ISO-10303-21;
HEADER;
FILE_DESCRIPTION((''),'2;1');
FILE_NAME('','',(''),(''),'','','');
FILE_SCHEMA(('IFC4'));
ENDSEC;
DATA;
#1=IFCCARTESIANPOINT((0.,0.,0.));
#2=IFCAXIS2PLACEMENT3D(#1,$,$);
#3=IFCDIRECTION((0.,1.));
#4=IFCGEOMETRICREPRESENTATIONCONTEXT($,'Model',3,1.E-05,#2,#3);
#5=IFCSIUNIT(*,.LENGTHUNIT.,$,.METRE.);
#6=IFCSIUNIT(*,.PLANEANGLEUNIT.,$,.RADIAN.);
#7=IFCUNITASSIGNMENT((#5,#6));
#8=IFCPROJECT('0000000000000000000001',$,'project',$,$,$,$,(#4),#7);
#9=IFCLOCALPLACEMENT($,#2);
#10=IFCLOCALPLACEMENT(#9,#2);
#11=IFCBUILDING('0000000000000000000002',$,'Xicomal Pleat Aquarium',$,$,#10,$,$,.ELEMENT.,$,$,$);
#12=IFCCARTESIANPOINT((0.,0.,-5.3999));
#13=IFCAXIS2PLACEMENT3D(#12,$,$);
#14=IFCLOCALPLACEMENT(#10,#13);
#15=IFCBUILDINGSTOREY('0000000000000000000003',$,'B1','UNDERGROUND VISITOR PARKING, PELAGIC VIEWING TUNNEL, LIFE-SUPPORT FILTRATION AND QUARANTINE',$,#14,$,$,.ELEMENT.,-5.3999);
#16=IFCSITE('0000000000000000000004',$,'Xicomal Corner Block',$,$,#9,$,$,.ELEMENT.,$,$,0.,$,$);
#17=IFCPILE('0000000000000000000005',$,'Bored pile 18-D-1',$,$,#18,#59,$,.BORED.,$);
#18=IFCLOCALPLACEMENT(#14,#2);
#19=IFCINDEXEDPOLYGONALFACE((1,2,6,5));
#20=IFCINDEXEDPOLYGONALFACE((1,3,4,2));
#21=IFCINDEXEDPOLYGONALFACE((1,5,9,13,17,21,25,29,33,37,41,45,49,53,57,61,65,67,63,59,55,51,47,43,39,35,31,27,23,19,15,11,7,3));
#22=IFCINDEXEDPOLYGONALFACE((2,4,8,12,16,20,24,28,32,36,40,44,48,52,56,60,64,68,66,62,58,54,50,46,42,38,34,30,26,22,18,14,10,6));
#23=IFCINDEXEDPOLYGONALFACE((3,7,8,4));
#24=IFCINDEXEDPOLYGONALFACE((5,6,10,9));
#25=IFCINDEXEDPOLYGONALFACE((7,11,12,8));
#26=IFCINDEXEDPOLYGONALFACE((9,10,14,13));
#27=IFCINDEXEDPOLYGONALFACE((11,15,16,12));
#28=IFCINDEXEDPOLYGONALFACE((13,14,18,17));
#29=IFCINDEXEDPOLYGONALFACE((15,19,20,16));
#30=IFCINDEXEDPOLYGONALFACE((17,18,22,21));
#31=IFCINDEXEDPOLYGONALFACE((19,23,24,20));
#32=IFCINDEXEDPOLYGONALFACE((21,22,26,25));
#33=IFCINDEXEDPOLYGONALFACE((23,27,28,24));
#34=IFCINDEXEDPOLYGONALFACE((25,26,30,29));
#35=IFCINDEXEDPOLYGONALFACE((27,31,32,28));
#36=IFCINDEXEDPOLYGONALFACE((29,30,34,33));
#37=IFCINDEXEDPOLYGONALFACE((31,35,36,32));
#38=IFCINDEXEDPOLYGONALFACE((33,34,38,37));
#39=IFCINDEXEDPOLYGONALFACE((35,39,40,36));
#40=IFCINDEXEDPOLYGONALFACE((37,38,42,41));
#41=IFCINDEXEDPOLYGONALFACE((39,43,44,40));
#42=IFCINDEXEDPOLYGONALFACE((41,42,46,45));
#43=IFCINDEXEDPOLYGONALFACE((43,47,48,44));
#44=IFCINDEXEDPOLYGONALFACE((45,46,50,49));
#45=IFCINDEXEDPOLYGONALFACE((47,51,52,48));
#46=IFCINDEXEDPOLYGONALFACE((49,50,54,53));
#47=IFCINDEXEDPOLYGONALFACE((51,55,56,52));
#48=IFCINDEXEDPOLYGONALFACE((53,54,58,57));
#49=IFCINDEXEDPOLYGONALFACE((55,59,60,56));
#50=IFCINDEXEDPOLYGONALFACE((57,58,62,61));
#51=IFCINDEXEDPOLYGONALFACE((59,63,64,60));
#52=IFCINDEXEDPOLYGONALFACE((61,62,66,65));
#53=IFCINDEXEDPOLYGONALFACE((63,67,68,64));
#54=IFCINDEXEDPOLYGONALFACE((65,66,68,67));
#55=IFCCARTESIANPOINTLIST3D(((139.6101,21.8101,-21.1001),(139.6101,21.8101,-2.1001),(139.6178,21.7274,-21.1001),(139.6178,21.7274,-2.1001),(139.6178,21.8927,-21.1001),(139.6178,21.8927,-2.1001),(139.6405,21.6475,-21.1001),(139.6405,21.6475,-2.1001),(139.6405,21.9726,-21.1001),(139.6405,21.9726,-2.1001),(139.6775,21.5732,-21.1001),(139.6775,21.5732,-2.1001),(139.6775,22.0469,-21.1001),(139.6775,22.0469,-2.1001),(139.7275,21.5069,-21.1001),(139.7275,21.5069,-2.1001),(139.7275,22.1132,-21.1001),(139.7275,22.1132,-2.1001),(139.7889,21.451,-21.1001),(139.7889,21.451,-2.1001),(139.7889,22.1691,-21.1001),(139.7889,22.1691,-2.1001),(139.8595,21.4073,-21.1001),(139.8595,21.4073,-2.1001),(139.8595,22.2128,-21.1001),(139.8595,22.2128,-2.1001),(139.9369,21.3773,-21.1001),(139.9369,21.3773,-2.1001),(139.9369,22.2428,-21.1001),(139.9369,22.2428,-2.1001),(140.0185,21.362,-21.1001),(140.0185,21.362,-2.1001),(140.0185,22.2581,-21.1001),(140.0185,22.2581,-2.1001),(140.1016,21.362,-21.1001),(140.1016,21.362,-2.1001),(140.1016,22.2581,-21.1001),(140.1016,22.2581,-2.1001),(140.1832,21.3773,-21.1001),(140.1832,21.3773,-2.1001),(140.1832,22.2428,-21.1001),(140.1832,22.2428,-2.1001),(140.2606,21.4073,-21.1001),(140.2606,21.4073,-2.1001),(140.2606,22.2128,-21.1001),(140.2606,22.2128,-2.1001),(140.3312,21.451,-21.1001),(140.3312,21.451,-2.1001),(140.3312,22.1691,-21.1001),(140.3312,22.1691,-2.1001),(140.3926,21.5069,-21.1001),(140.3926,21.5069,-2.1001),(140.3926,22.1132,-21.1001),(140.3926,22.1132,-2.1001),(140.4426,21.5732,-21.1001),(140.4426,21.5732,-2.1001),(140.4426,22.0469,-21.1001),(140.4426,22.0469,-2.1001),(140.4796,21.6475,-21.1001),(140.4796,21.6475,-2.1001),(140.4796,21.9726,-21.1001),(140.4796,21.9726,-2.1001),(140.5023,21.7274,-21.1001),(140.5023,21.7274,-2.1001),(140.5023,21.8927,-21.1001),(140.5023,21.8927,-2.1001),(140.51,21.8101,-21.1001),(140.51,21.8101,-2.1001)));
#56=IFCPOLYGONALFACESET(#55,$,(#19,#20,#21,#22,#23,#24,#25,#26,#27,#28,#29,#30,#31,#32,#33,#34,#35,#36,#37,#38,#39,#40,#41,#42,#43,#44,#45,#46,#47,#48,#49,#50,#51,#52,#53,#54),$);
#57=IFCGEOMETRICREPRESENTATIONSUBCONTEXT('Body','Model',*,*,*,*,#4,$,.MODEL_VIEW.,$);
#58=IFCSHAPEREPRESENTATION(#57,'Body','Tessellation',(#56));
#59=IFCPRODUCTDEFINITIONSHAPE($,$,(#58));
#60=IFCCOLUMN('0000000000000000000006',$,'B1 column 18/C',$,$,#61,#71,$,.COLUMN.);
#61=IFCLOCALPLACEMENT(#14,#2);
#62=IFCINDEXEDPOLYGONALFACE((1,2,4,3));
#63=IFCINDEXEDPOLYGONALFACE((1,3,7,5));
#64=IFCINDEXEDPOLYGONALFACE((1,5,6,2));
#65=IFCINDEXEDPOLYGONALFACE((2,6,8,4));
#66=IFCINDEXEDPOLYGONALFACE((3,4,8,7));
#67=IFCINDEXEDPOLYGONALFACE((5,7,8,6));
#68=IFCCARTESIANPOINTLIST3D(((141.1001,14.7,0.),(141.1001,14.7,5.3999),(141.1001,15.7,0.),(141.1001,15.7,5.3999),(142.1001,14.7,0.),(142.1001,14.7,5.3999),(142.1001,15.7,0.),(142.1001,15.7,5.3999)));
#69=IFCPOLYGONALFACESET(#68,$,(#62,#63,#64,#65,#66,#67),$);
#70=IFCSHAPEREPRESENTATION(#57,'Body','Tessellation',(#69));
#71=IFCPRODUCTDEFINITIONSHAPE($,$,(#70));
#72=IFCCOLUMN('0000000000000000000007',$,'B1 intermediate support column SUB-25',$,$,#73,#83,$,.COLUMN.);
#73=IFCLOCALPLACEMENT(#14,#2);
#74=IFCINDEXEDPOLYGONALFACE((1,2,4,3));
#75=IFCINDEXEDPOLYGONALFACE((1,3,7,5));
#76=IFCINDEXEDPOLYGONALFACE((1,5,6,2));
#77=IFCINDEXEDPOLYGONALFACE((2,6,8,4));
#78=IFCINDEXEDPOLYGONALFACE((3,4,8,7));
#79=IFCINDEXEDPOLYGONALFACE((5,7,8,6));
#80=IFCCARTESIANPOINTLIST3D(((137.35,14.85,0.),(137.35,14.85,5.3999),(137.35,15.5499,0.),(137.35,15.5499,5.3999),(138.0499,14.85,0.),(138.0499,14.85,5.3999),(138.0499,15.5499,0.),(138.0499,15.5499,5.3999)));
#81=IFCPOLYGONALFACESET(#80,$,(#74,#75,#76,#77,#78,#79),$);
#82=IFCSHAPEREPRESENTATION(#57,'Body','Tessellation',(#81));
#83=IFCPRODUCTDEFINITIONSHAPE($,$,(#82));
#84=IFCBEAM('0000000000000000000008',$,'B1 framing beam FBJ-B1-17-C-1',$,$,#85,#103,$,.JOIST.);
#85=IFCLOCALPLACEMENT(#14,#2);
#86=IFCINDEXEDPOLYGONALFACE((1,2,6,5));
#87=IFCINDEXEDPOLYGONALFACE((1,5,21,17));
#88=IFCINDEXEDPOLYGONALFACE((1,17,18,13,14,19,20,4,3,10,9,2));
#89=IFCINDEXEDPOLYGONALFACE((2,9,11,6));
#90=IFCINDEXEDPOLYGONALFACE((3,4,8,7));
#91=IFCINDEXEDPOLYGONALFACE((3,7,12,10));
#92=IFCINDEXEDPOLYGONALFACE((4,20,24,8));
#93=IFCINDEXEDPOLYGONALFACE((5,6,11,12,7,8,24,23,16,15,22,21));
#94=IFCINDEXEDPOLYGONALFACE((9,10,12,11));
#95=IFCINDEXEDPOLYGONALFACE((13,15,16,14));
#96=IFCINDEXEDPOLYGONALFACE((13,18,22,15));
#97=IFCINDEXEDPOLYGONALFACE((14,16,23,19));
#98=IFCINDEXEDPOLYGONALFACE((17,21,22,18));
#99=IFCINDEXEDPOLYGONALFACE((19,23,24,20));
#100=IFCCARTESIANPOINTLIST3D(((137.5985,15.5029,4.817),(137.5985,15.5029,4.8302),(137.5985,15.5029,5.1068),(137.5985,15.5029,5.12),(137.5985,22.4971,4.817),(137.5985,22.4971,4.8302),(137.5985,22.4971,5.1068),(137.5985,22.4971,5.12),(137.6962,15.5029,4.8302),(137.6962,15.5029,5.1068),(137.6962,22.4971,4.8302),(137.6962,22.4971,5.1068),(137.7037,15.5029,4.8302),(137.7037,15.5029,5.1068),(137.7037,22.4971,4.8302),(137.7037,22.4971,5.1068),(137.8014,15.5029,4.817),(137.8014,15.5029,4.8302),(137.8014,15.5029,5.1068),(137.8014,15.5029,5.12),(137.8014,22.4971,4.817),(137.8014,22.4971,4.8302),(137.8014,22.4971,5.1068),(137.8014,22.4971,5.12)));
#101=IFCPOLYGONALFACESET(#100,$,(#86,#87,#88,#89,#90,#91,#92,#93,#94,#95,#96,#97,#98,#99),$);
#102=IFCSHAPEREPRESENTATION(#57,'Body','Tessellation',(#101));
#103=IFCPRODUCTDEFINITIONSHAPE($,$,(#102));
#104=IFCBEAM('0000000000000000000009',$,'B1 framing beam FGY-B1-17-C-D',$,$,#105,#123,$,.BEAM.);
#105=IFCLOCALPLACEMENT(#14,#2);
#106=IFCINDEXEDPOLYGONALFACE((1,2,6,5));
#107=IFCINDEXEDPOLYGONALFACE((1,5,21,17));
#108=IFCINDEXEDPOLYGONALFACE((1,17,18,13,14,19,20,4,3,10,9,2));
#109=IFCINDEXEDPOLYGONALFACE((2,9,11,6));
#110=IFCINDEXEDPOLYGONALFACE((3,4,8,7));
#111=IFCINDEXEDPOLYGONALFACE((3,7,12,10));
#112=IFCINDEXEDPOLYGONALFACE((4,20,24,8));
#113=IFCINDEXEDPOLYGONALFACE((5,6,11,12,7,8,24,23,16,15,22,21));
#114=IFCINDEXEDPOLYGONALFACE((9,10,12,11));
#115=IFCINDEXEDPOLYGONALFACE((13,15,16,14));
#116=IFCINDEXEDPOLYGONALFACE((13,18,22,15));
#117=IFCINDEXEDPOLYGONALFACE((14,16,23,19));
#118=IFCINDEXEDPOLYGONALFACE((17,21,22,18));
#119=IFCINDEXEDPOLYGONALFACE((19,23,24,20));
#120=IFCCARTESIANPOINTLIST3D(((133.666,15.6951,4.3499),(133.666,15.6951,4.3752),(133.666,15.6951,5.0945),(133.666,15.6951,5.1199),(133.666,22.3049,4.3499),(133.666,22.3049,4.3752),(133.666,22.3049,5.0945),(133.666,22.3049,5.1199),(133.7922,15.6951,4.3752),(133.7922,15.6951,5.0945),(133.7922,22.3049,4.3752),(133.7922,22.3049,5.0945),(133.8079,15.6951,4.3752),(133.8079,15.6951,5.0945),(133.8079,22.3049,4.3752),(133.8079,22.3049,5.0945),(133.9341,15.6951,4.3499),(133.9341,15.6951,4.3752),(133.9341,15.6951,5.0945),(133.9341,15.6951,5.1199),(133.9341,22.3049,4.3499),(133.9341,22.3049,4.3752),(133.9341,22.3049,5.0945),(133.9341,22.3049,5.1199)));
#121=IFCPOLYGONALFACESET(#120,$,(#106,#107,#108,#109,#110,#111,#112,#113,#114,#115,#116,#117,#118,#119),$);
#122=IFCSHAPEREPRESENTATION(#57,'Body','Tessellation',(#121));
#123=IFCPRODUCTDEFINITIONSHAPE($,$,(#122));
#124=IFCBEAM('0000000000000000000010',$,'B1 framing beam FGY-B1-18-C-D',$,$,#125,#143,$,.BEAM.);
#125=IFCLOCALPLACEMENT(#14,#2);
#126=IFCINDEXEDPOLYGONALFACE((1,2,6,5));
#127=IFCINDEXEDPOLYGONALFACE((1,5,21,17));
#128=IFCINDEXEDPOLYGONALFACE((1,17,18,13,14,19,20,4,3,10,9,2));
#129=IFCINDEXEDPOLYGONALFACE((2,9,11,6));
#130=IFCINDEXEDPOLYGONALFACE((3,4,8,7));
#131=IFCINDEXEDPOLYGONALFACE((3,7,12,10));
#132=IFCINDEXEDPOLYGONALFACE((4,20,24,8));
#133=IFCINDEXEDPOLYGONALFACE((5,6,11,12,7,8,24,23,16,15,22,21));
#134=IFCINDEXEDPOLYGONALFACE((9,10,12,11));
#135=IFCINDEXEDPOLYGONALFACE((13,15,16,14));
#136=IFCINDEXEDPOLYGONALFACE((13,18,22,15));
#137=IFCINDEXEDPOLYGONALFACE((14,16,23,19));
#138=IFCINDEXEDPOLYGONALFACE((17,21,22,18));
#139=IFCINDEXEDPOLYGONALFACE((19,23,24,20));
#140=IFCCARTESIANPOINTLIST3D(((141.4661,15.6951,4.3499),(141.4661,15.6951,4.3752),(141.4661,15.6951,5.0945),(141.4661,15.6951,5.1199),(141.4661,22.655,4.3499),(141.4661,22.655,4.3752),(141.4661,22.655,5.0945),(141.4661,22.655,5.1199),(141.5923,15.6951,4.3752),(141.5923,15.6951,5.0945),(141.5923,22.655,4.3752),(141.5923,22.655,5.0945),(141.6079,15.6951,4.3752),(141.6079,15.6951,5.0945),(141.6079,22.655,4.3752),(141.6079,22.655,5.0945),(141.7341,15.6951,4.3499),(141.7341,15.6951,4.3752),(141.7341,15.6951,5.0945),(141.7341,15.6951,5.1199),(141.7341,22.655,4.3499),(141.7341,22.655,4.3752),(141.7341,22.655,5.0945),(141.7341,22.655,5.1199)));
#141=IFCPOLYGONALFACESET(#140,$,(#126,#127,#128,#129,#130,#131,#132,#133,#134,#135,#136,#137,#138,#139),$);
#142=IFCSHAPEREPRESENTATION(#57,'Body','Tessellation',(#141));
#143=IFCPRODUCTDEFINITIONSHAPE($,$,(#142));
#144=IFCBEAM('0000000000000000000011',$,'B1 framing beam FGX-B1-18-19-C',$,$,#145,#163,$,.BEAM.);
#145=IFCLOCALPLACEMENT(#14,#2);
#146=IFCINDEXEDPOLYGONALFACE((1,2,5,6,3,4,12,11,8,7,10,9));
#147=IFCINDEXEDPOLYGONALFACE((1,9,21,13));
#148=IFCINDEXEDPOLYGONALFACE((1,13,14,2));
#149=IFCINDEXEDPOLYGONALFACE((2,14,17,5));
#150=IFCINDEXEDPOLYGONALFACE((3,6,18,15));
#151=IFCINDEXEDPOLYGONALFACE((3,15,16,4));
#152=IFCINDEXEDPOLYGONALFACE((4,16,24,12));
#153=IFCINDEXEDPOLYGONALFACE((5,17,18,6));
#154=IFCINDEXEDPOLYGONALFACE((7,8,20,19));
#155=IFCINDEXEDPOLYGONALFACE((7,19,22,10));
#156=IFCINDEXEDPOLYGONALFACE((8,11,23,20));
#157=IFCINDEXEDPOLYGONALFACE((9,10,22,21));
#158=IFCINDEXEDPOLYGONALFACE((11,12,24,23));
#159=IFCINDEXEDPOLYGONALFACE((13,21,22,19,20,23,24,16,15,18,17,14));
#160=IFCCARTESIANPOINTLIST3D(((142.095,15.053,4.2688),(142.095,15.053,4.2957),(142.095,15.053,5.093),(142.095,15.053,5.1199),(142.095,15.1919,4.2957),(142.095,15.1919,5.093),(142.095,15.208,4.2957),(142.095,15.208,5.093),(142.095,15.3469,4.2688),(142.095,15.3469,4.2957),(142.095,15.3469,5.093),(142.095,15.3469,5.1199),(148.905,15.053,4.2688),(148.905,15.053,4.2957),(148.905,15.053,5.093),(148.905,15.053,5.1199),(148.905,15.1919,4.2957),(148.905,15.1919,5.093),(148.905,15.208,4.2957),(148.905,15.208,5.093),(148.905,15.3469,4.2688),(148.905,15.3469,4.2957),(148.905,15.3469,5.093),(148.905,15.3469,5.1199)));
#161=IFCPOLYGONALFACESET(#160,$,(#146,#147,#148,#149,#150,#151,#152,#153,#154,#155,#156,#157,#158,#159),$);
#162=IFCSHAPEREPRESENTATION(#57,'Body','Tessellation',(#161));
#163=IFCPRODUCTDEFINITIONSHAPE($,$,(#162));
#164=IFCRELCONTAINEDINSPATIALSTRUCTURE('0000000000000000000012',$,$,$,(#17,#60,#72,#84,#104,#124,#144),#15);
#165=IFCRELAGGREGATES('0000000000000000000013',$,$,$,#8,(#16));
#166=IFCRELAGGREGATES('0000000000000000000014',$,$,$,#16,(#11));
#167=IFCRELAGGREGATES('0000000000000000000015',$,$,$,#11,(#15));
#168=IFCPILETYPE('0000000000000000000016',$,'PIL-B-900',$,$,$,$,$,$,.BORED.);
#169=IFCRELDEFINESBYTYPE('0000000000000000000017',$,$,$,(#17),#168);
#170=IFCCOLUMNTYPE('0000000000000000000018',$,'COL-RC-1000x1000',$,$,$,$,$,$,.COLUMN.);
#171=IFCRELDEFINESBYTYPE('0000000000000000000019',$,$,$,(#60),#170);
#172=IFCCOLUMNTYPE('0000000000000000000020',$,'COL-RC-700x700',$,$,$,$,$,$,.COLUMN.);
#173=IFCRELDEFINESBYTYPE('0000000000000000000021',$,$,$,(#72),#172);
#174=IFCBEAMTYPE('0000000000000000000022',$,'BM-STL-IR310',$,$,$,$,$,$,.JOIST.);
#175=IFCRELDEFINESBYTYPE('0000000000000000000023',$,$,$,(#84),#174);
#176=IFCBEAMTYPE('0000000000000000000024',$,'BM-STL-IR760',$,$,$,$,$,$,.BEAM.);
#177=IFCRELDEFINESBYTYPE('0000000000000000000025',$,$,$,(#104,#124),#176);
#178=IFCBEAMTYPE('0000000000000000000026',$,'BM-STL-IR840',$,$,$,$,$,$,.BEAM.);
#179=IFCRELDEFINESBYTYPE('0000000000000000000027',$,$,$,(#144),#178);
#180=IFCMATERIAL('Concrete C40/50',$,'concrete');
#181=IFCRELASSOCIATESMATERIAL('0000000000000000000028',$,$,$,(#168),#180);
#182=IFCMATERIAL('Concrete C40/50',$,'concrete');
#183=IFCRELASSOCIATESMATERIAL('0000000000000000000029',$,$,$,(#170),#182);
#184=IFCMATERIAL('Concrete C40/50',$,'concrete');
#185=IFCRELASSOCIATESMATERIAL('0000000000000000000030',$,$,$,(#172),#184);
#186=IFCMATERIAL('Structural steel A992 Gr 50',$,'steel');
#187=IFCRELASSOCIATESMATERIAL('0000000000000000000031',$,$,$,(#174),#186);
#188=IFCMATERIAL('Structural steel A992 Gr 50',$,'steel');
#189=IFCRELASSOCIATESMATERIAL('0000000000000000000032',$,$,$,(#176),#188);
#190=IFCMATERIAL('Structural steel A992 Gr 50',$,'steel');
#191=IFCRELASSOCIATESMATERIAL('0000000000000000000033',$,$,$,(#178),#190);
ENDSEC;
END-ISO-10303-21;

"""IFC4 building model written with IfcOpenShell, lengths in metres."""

from ifc_helpers import new_model, si_unit, direction, frame, origin, origin_2d, place, context, subcontext, project, spatial, rectangle, circle, i_section, extrude, material, material_profile, profile_set, type_object, element, save


model = new_model("IFC4")

# Units and contexts
model_context = context("Model", 3, precision=1e-05, world=origin(), true_north=direction((0.0, 1.0)))
body_context = subcontext(model_context, "Body", "Model", "MODEL_VIEW")
ifc_project = project(units=[si_unit("LENGTHUNIT", "METRE"), si_unit("PLANEANGLEUNIT", "RADIAN")], contexts=[model_context])

# Site, building, storey
site_placement = place(None, origin())
site = spatial("IfcSite", under=ifc_project, at=site_placement, Name="Xicomal Corner Block", CompositionType="ELEMENT", RefElevation=0.0)
building_placement = place(site_placement, origin())
building = spatial("IfcBuilding", under=site, at=building_placement, Name="Xicomal Pleat Aquarium", CompositionType="ELEMENT")
storey_placement = place(building_placement, frame((0.0, 0.0, -5.3999)))
storey = spatial("IfcBuildingStorey", under=building, at=storey_placement, Name="B1", Description="UNDERGROUND VISITOR PARKING, PELAGIC VIEWING TUNNEL, LIFE-SUPPORT FILTRATION AND QUARANTINE", CompositionType="ELEMENT", Elevation=-5.3999)

# Pile
ifc_material_1 = material(Name="Concrete C40/50", Category="concrete")
ifc_material_profile_1 = material_profile(ifc_material_1, circle(Radius=0.45, at=origin_2d()), Name="BORED PILE D900")
ifc_profile_set_1 = profile_set([ifc_material_profile_1], Name="Concrete C40/50")
pile_type_1 = type_object("IfcPileType", Name="PIL-B-900", PredefinedType="BORED", material=ifc_profile_set_1)
for number, where, z_axis, x_axis, name in (
    (1, (140.0601, 21.8101, -2.1001), (0.0, 0.0, -1.0), (1.0, 0.0, 0.0), "Bored pile 18-D-1"),
):
    element("IfcPile", number, at=place(storey_placement, frame(where, z_axis=z_axis, x_axis=x_axis)), inside=storey, type_object=pile_type_1, Name=name, PredefinedType="BORED", context=body_context, shape_type="SweptSolid", body=[
        extrude(circle(Radius=0.45, at=origin_2d()), origin(), (0.0, 0.0, 1.0), 19.0),
    ])

# Columns
ifc_material_2 = material(Name="Concrete C40/50", Category="concrete")
ifc_material_profile_2 = material_profile(ifc_material_2, rectangle(XDim=1.0, YDim=1.0, at=origin_2d()), Name="RC 1000x1000")
ifc_profile_set_2 = profile_set([ifc_material_profile_2], Name="Concrete C40/50")
column_type_1 = type_object("IfcColumnType", Name="COL-RC-1000x1000", PredefinedType="COLUMN", material=ifc_profile_set_2)
column_1_placement = place(storey_placement, frame((141.6001, 15.2, 0.0), z_axis=(0.0, 0.0, 1.0), x_axis=(1.0, 0.0, 0.0)))
element("IfcColumn", 2, at=column_1_placement, inside=storey, type_object=column_type_1, Name="B1 column 18/C", PredefinedType="COLUMN", context=body_context, shape_type="SweptSolid", body=[
    extrude(rectangle(XDim=1.0, YDim=1.0, at=origin_2d()), origin(), (0.0, 0.0, 1.0), 5.3999),
])
ifc_material_3 = material(Name="Concrete C40/50", Category="concrete")
ifc_material_profile_3 = material_profile(ifc_material_3, rectangle(XDim=0.7, YDim=0.7, at=origin_2d()), Name="RC 700x700")
ifc_profile_set_3 = profile_set([ifc_material_profile_3], Name="Concrete C40/50")
column_type_2 = type_object("IfcColumnType", Name="COL-RC-700x700", PredefinedType="COLUMN", material=ifc_profile_set_3)
column_2_placement = place(storey_placement, frame((137.7, 15.2, 0.0), z_axis=(0.0, 0.0, 1.0), x_axis=(1.0, 0.0, 0.0)))
element("IfcColumn", 3, at=column_2_placement, inside=storey, type_object=column_type_2, Name="B1 intermediate support column SUB-25", PredefinedType="COLUMN", context=body_context, shape_type="SweptSolid", body=[
    extrude(rectangle(XDim=0.7, YDim=0.7, at=origin_2d()), origin(), (0.0, 0.0, 1.0), 5.3999),
])

# Beams
ifc_material_4 = material(Name="Structural steel A992 Gr 50", Category="steel")
ifc_material_profile_4 = material_profile(ifc_material_4, i_section(OverallWidth=0.2029, OverallDepth=0.303, WebThickness=0.0076, FlangeThickness=0.0132, at=origin_2d()), Name="IR 310x60")
ifc_profile_set_4 = profile_set([ifc_material_profile_4], Name="Structural steel A992 Gr 50")
beam_type_1 = type_object("IfcBeamType", Name="BM-STL-IR310", PredefinedType="JOIST", material=ifc_profile_set_4)
beam_1_placement = place(storey_placement, frame((137.7, 15.5029, 4.9685), z_axis=(0.0, 1.0, 0.0), x_axis=(-1.0, 0.0, 0.0)))
element("IfcBeam", 4, at=beam_1_placement, inside=storey, type_object=beam_type_1, Name="B1 framing beam FBJ-B1-17-C-1", PredefinedType="JOIST", context=body_context, shape_type="SweptSolid", body=[
    extrude(i_section(OverallWidth=0.2029, OverallDepth=0.303, WebThickness=0.0076, FlangeThickness=0.0132, at=origin_2d()), origin(), (0.0, 0.0, 1.0), 6.9941),
])
ifc_material_5 = material(Name="Structural steel A992 Gr 50", Category="steel")
ifc_material_profile_5 = material_profile(ifc_material_5, i_section(OverallWidth=0.2681, OverallDepth=0.77, WebThickness=0.0156, FlangeThickness=0.0254, at=origin_2d()), Name="IR 760x196")
ifc_profile_set_5 = profile_set([ifc_material_profile_5], Name="Structural steel A992 Gr 50")
beam_type_2 = type_object("IfcBeamType", Name="BM-STL-IR760", PredefinedType="BEAM", material=ifc_profile_set_5)
beam_2_placement = place(storey_placement, frame((133.8, 15.6951, 4.7349), z_axis=(0.0, 1.0, 0.0), x_axis=(-1.0, 0.0, 0.0)))
element("IfcBeam", 5, at=beam_2_placement, inside=storey, type_object=beam_type_2, Name="B1 framing beam FGY-B1-17-C-D", PredefinedType="BEAM", context=body_context, shape_type="SweptSolid", body=[
    extrude(i_section(OverallWidth=0.2681, OverallDepth=0.77, WebThickness=0.0156, FlangeThickness=0.0254, at=origin_2d()), origin(), (0.0, 0.0, 1.0), 6.6099),
])
beam_3_placement = place(storey_placement, frame((141.6001, 15.6951, 4.7349), z_axis=(0.0, 1.0, 0.0), x_axis=(-1.0, 0.0, 0.0)))
element("IfcBeam", 6, at=beam_3_placement, inside=storey, type_object=beam_type_2, Name="B1 framing beam FGY-B1-18-C-D", PredefinedType="BEAM", context=body_context, shape_type="SweptSolid", body=[
    extrude(i_section(OverallWidth=0.2681, OverallDepth=0.77, WebThickness=0.0156, FlangeThickness=0.0254, at=origin_2d()), origin(), (0.0, 0.0, 1.0), 6.96),
])
ifc_material_6 = material(Name="Structural steel A992 Gr 50", Category="steel")
ifc_material_profile_6 = material_profile(ifc_material_6, i_section(OverallWidth=0.2939, OverallDepth=0.8511, WebThickness=0.0161, FlangeThickness=0.0269, at=origin_2d()), Name="IR 840x226")
ifc_profile_set_6 = profile_set([ifc_material_profile_6], Name="Structural steel A992 Gr 50")
beam_type_3 = type_object("IfcBeamType", Name="BM-STL-IR840", PredefinedType="BEAM", material=ifc_profile_set_6)
beam_4_placement = place(storey_placement, frame((142.095, 15.2, 4.6943), z_axis=(1.0, 0.0, 0.0), x_axis=(0.0, 1.0, 0.0)))
element("IfcBeam", 7, at=beam_4_placement, inside=storey, type_object=beam_type_3, Name="B1 framing beam FGX-B1-18-19-C", PredefinedType="BEAM", context=body_context, shape_type="SweptSolid", body=[
    extrude(i_section(OverallWidth=0.2939, OverallDepth=0.8511, WebThickness=0.0161, FlangeThickness=0.0269, at=origin_2d()), origin(), (0.0, 0.0, 1.0), 6.8101),
])

save(model, "model.ifc")
